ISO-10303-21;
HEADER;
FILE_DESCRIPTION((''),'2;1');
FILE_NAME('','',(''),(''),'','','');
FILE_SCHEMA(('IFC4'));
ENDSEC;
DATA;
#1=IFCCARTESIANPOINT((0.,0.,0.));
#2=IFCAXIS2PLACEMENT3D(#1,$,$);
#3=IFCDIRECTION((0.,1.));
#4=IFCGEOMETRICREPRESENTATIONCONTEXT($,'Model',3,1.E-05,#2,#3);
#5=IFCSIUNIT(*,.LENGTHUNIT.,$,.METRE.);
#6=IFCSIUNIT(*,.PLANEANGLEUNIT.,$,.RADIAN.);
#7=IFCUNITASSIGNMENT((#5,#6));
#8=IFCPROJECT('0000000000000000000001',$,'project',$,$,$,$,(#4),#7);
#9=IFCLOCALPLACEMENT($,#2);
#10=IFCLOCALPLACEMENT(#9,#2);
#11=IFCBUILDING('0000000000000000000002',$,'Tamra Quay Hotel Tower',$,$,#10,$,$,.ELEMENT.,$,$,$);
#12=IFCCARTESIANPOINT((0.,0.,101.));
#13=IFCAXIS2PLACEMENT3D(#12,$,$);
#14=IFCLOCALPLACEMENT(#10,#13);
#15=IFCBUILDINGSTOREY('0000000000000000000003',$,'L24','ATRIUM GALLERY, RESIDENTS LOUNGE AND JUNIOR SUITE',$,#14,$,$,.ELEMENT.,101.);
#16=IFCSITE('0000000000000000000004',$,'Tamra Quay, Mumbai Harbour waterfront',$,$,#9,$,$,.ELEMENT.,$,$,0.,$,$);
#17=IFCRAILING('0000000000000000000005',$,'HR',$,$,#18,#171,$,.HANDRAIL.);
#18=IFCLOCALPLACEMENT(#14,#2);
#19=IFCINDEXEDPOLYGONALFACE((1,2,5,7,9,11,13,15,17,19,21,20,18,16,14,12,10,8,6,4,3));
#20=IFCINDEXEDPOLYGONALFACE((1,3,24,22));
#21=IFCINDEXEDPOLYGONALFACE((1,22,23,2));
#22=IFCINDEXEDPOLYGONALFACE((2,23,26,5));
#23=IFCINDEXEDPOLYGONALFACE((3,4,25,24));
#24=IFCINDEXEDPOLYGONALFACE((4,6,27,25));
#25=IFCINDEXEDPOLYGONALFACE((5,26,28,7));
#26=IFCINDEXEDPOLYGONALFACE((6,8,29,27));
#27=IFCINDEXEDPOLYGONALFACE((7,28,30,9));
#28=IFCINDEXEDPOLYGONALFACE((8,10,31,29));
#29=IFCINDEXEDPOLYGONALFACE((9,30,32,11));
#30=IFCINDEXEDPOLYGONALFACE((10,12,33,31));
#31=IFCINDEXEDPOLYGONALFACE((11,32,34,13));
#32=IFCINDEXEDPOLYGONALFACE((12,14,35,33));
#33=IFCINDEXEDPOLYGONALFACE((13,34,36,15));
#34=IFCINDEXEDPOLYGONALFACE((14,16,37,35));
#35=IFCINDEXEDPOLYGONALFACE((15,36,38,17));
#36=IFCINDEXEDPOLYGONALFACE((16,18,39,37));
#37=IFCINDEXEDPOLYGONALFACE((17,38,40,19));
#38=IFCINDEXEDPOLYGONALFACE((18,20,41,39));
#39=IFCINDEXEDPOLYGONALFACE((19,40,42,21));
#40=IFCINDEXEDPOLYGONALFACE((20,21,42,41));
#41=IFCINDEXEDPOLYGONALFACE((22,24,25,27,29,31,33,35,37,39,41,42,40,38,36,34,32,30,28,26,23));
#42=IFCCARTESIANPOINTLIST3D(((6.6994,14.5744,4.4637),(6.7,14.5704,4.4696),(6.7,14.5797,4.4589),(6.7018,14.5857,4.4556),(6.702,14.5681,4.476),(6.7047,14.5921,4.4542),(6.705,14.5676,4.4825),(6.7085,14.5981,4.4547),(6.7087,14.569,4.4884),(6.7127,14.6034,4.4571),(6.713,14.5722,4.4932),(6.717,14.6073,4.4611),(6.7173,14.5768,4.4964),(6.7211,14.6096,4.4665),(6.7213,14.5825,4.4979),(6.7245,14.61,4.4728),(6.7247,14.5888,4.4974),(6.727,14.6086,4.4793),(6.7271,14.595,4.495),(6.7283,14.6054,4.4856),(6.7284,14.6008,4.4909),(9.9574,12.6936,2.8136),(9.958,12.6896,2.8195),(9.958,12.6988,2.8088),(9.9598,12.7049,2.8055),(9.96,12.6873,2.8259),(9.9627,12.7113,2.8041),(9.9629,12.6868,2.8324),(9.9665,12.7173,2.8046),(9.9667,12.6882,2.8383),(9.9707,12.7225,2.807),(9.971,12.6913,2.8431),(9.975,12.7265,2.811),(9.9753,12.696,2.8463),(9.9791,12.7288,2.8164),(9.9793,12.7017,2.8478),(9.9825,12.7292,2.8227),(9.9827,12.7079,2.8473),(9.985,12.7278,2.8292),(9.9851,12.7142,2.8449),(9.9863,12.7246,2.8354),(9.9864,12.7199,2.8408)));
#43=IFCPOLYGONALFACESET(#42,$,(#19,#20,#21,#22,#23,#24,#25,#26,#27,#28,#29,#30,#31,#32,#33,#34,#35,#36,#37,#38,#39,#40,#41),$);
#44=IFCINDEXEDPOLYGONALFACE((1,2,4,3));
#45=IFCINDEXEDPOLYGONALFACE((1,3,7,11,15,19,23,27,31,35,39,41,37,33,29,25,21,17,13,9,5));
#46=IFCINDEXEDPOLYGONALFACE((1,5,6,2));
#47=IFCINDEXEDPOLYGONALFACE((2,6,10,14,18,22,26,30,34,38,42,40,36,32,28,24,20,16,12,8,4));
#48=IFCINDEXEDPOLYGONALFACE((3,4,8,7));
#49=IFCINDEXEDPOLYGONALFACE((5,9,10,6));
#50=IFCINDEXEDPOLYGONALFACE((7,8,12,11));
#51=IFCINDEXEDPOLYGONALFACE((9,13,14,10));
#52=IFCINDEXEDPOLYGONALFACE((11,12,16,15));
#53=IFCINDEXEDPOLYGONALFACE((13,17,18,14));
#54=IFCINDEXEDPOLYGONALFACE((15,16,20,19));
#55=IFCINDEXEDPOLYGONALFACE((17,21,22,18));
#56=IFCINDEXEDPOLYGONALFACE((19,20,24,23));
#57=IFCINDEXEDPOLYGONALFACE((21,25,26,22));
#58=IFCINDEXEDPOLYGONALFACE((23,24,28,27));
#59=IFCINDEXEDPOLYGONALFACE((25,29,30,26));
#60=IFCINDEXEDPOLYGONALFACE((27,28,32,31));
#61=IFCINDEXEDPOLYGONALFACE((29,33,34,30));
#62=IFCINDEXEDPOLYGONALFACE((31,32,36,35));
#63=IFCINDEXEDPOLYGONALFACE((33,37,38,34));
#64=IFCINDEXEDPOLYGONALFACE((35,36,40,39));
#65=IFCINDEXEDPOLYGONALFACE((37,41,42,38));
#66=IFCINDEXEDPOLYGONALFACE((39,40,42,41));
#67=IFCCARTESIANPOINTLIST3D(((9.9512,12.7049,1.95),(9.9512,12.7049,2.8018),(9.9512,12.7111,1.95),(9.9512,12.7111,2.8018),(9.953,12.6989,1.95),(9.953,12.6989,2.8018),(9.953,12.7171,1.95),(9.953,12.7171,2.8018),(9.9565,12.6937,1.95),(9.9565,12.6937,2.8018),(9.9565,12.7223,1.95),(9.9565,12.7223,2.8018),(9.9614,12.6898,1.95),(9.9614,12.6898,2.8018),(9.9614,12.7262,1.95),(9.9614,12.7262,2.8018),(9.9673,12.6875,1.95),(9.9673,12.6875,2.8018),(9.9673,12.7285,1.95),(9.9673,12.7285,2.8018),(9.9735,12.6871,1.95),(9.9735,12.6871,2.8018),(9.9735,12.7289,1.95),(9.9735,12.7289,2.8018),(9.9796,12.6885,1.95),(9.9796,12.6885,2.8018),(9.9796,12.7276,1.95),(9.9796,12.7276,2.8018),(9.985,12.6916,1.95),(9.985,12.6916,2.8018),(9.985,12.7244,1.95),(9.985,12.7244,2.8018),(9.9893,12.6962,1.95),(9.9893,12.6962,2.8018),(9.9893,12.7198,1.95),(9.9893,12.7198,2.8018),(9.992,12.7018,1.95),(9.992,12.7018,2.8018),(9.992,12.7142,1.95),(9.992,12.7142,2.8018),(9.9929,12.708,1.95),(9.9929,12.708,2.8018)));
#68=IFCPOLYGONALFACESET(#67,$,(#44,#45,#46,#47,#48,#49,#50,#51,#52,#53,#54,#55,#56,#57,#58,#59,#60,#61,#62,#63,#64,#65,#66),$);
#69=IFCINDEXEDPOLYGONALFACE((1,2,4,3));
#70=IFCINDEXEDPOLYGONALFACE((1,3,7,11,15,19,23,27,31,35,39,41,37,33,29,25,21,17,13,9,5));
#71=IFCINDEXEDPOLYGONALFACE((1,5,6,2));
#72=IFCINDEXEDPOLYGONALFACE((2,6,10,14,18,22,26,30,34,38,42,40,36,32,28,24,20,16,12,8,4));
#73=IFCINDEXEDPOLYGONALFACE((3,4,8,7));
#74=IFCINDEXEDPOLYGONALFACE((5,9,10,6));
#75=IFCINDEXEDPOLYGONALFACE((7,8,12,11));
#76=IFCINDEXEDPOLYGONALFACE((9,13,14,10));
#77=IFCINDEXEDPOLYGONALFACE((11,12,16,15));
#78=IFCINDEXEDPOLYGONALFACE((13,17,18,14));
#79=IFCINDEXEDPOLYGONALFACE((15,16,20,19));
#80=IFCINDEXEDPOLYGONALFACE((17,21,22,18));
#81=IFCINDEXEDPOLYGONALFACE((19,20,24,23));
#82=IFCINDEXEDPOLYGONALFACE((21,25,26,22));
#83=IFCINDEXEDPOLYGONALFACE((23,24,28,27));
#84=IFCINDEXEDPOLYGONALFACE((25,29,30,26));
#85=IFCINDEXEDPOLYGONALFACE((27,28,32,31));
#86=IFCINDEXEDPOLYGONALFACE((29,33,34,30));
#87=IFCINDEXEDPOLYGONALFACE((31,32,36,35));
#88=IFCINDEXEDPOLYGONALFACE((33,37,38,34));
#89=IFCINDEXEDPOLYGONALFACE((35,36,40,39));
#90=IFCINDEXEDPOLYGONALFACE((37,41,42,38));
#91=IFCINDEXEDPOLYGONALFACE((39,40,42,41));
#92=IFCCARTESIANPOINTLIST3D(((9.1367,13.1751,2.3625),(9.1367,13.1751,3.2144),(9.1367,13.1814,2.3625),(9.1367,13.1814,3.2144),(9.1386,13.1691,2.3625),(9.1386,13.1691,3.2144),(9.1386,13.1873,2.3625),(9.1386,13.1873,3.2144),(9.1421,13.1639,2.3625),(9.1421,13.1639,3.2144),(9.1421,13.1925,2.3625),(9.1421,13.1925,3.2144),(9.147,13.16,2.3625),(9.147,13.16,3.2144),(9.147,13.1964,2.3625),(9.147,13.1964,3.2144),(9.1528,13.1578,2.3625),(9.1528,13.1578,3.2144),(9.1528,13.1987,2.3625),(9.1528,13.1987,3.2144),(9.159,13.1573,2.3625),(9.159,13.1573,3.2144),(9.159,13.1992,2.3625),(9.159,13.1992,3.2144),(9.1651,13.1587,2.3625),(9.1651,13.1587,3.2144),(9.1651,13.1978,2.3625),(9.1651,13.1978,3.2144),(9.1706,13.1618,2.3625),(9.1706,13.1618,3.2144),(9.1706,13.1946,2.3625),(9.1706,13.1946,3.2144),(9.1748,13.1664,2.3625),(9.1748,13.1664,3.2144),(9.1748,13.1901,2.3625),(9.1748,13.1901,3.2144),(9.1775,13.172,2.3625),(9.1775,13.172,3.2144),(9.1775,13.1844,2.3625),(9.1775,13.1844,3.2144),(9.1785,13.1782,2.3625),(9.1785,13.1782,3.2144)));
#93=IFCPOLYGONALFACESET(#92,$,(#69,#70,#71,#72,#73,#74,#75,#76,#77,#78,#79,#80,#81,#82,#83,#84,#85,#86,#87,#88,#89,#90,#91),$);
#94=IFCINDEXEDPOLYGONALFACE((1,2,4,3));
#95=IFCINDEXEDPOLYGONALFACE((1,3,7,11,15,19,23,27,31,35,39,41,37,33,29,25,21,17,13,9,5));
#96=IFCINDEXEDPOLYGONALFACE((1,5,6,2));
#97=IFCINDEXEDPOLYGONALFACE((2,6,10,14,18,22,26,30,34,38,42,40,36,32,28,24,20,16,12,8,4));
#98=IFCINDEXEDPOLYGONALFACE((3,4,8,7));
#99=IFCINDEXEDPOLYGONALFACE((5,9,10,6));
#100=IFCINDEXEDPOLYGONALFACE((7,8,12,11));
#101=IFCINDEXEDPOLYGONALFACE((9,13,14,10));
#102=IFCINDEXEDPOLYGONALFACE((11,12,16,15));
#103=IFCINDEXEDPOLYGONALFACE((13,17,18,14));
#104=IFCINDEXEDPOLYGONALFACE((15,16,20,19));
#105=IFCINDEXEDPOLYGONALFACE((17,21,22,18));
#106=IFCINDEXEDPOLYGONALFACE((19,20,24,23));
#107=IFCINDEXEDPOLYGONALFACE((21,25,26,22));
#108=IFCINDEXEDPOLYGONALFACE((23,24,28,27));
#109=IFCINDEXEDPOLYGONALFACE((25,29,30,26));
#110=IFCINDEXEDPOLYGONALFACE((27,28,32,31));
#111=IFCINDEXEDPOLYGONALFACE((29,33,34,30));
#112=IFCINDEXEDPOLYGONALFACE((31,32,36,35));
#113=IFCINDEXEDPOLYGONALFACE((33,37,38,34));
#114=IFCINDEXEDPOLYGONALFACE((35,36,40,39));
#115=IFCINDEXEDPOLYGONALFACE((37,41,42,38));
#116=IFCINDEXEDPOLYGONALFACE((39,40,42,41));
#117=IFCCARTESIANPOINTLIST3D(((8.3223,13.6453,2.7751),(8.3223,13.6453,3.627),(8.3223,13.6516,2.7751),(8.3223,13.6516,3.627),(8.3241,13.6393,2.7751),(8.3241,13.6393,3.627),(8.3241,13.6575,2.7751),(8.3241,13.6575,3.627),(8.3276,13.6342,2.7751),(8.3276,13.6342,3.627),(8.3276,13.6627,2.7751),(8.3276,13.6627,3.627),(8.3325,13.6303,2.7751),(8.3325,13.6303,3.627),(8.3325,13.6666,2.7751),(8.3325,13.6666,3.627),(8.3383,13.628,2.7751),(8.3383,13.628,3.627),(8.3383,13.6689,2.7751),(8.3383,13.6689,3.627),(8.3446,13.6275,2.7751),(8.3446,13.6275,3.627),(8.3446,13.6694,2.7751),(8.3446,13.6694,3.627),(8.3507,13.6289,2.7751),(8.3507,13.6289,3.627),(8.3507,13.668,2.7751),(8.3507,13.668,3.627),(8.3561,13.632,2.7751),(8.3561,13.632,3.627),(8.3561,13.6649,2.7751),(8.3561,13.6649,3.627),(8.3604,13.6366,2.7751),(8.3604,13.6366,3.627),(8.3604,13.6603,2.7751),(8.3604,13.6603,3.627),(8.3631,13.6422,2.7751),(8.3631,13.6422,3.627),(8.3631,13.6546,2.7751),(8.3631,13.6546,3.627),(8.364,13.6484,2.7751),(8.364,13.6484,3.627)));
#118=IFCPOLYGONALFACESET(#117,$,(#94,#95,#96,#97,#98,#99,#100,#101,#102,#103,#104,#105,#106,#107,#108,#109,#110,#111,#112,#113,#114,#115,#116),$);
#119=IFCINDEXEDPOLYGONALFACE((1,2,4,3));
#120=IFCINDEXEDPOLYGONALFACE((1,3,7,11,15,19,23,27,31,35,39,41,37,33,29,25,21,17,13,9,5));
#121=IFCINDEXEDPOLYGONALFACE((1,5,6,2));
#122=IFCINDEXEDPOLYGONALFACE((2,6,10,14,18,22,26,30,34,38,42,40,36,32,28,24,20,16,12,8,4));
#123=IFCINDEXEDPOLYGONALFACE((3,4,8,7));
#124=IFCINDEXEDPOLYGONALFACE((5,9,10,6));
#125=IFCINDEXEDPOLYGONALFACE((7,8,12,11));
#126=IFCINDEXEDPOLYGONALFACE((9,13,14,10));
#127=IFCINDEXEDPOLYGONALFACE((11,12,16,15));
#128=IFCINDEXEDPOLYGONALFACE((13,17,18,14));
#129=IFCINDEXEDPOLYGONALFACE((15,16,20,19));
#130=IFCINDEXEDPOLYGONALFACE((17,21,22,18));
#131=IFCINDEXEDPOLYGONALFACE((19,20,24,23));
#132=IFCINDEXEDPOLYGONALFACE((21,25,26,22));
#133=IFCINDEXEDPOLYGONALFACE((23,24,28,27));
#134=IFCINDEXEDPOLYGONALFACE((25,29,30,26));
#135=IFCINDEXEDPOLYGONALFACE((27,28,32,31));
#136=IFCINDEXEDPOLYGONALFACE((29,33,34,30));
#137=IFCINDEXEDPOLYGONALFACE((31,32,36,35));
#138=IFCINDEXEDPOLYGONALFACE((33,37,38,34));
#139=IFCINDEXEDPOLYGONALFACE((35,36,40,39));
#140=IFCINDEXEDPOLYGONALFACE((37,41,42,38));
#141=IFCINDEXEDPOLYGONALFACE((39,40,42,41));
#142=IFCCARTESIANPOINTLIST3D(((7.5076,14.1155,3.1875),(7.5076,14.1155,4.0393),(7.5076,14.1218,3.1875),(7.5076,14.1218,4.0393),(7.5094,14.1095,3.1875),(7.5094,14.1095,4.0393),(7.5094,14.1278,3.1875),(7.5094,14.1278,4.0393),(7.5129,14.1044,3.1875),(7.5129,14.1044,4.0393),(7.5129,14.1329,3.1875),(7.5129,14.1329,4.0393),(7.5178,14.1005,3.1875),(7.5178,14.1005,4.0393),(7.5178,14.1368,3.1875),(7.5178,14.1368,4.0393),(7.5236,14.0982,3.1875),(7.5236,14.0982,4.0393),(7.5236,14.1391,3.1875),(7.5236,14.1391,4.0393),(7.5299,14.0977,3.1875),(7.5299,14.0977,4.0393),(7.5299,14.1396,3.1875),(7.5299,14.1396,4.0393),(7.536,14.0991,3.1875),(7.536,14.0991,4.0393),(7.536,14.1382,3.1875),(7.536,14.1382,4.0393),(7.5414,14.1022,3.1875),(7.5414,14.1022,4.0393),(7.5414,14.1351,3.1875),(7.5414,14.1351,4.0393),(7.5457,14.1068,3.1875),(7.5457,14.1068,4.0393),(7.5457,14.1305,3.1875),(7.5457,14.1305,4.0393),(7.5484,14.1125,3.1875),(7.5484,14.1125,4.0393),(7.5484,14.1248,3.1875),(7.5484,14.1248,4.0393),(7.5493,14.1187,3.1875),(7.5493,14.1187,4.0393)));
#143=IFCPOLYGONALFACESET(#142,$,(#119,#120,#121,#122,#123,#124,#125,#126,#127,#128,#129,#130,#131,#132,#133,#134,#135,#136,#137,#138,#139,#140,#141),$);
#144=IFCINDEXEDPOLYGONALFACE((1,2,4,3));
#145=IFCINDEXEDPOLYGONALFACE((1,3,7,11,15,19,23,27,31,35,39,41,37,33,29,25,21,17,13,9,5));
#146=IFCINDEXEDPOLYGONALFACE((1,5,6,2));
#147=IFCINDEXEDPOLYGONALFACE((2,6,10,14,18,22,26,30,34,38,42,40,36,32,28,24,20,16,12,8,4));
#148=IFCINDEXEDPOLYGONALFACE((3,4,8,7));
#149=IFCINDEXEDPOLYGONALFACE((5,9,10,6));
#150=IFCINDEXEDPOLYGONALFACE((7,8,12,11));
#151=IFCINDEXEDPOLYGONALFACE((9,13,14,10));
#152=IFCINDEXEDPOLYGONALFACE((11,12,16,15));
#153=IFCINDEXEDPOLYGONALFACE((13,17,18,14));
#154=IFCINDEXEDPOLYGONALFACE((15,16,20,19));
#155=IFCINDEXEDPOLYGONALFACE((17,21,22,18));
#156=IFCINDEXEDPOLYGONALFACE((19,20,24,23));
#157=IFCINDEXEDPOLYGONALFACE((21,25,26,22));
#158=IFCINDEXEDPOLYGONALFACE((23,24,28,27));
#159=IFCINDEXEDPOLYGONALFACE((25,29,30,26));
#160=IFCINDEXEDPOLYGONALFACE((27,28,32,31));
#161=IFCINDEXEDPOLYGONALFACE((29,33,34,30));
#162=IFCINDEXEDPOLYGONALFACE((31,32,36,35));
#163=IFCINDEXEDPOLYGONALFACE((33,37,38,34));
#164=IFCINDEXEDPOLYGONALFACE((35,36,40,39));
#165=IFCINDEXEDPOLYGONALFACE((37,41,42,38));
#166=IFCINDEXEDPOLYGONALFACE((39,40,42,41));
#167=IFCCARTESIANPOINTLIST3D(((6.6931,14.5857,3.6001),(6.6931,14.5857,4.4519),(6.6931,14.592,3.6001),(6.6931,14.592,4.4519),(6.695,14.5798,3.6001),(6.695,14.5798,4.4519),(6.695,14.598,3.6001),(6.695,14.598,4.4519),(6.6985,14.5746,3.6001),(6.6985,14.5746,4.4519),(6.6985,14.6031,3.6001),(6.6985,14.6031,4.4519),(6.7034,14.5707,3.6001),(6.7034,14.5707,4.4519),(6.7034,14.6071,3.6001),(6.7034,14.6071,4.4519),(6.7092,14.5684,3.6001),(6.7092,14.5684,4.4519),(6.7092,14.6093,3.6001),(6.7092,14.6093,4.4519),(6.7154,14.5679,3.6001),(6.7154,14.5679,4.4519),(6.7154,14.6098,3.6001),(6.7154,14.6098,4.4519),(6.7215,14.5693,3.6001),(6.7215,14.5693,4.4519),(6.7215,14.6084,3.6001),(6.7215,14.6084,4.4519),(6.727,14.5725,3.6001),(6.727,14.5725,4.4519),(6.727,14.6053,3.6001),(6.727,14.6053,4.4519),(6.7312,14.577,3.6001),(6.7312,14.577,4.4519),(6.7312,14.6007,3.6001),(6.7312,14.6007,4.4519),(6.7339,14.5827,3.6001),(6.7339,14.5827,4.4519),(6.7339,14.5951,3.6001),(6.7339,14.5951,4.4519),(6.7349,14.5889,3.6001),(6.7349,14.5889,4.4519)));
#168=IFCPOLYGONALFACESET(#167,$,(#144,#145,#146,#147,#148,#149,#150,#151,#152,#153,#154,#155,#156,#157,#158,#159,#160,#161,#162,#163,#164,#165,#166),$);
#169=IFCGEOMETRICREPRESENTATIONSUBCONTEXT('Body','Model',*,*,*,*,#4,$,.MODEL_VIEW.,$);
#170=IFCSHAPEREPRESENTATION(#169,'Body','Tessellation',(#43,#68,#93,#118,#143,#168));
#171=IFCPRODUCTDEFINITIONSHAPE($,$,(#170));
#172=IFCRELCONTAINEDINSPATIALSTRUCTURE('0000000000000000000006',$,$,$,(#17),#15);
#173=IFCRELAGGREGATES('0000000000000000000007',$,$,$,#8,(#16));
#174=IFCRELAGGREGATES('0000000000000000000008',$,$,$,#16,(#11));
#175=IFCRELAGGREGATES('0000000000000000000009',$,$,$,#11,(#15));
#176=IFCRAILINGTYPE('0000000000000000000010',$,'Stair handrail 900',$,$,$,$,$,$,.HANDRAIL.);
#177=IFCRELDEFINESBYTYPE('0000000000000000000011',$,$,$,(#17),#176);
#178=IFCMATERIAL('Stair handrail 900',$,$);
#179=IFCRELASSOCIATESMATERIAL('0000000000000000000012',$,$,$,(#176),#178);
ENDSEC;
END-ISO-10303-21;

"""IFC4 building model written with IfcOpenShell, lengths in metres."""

from ifc_helpers import new_model, si_unit, direction, frame, origin, origin_2d, place, context, subcontext, project, spatial, circle, extrude, material, type_object, element, save


model = new_model("IFC4")

# Units and contexts
model_context = context("Model", 3, precision=1e-05, world=origin(), true_north=direction((0.0, 1.0)))
body_context = subcontext(model_context, "Body", "Model", "MODEL_VIEW")
ifc_project = project(units=[si_unit("LENGTHUNIT", "METRE"), si_unit("PLANEANGLEUNIT", "RADIAN")], contexts=[model_context])

# Site, building, storey
site_placement = place(None, origin())
site = spatial("IfcSite", under=ifc_project, at=site_placement, Name="Tamra Quay, Mumbai Harbour waterfront", CompositionType="ELEMENT", RefElevation=0.0)
building_placement = place(site_placement, origin())
building = spatial("IfcBuilding", under=site, at=building_placement, Name="Tamra Quay Hotel Tower", CompositionType="ELEMENT")
storey_placement = place(building_placement, frame((0.0, 0.0, 101.0)))
storey = spatial("IfcBuildingStorey", under=building, at=storey_placement, Name="L24", Description="ATRIUM GALLERY, RESIDENTS LOUNGE AND JUNIOR SUITE", CompositionType="ELEMENT", Elevation=101.0)

# Railing
ifc_material_1 = material(Name="Stair handrail 900")
railing_type_1 = type_object("IfcRailingType", Name="Stair handrail 900", PredefinedType="HANDRAIL", material=ifc_material_1)
railing_1_placement = place(storey_placement, frame((9.9719, 12.708, 1.95)))
element("IfcRailing", 1, at=railing_1_placement, inside=storey, type_object=railing_type_1, Name="HR", PredefinedType="HANDRAIL", context=body_context, shape_type="SweptSolid", body=[
    extrude(circle(Radius=0.0239, at=origin_2d()), frame((0.0, 0.0, 0.876), z_axis=(-0.793103, 0.457854, 0.401692), x_axis=(-0.499964, -0.866046, 0.0)), (0.0, 0.0, 1.0), 4.1079),
    extrude(circle(Radius=0.021, at=origin_2d()), origin(), (0.0, 0.0, 1.0), 0.8518),
    extrude(circle(Radius=0.021, at=origin_2d()), frame((-0.8145, 0.4702, 0.4126)), (0.0, 0.0, 1.0), 0.8518),
    extrude(circle(Radius=0.021, at=origin_2d()), frame((-1.6289, 0.9404, 0.8252)), (0.0, 0.0, 1.0), 0.8518),
    extrude(circle(Radius=0.021, at=origin_2d()), frame((-2.4436, 1.4106, 1.2375)), (0.0, 0.0, 1.0), 0.8518),
    extrude(circle(Radius=0.021, at=origin_2d()), frame((-3.2581, 1.8809, 1.6501)), (0.0, 0.0, 1.0), 0.8518),
])

save(model, "model.ifc")
